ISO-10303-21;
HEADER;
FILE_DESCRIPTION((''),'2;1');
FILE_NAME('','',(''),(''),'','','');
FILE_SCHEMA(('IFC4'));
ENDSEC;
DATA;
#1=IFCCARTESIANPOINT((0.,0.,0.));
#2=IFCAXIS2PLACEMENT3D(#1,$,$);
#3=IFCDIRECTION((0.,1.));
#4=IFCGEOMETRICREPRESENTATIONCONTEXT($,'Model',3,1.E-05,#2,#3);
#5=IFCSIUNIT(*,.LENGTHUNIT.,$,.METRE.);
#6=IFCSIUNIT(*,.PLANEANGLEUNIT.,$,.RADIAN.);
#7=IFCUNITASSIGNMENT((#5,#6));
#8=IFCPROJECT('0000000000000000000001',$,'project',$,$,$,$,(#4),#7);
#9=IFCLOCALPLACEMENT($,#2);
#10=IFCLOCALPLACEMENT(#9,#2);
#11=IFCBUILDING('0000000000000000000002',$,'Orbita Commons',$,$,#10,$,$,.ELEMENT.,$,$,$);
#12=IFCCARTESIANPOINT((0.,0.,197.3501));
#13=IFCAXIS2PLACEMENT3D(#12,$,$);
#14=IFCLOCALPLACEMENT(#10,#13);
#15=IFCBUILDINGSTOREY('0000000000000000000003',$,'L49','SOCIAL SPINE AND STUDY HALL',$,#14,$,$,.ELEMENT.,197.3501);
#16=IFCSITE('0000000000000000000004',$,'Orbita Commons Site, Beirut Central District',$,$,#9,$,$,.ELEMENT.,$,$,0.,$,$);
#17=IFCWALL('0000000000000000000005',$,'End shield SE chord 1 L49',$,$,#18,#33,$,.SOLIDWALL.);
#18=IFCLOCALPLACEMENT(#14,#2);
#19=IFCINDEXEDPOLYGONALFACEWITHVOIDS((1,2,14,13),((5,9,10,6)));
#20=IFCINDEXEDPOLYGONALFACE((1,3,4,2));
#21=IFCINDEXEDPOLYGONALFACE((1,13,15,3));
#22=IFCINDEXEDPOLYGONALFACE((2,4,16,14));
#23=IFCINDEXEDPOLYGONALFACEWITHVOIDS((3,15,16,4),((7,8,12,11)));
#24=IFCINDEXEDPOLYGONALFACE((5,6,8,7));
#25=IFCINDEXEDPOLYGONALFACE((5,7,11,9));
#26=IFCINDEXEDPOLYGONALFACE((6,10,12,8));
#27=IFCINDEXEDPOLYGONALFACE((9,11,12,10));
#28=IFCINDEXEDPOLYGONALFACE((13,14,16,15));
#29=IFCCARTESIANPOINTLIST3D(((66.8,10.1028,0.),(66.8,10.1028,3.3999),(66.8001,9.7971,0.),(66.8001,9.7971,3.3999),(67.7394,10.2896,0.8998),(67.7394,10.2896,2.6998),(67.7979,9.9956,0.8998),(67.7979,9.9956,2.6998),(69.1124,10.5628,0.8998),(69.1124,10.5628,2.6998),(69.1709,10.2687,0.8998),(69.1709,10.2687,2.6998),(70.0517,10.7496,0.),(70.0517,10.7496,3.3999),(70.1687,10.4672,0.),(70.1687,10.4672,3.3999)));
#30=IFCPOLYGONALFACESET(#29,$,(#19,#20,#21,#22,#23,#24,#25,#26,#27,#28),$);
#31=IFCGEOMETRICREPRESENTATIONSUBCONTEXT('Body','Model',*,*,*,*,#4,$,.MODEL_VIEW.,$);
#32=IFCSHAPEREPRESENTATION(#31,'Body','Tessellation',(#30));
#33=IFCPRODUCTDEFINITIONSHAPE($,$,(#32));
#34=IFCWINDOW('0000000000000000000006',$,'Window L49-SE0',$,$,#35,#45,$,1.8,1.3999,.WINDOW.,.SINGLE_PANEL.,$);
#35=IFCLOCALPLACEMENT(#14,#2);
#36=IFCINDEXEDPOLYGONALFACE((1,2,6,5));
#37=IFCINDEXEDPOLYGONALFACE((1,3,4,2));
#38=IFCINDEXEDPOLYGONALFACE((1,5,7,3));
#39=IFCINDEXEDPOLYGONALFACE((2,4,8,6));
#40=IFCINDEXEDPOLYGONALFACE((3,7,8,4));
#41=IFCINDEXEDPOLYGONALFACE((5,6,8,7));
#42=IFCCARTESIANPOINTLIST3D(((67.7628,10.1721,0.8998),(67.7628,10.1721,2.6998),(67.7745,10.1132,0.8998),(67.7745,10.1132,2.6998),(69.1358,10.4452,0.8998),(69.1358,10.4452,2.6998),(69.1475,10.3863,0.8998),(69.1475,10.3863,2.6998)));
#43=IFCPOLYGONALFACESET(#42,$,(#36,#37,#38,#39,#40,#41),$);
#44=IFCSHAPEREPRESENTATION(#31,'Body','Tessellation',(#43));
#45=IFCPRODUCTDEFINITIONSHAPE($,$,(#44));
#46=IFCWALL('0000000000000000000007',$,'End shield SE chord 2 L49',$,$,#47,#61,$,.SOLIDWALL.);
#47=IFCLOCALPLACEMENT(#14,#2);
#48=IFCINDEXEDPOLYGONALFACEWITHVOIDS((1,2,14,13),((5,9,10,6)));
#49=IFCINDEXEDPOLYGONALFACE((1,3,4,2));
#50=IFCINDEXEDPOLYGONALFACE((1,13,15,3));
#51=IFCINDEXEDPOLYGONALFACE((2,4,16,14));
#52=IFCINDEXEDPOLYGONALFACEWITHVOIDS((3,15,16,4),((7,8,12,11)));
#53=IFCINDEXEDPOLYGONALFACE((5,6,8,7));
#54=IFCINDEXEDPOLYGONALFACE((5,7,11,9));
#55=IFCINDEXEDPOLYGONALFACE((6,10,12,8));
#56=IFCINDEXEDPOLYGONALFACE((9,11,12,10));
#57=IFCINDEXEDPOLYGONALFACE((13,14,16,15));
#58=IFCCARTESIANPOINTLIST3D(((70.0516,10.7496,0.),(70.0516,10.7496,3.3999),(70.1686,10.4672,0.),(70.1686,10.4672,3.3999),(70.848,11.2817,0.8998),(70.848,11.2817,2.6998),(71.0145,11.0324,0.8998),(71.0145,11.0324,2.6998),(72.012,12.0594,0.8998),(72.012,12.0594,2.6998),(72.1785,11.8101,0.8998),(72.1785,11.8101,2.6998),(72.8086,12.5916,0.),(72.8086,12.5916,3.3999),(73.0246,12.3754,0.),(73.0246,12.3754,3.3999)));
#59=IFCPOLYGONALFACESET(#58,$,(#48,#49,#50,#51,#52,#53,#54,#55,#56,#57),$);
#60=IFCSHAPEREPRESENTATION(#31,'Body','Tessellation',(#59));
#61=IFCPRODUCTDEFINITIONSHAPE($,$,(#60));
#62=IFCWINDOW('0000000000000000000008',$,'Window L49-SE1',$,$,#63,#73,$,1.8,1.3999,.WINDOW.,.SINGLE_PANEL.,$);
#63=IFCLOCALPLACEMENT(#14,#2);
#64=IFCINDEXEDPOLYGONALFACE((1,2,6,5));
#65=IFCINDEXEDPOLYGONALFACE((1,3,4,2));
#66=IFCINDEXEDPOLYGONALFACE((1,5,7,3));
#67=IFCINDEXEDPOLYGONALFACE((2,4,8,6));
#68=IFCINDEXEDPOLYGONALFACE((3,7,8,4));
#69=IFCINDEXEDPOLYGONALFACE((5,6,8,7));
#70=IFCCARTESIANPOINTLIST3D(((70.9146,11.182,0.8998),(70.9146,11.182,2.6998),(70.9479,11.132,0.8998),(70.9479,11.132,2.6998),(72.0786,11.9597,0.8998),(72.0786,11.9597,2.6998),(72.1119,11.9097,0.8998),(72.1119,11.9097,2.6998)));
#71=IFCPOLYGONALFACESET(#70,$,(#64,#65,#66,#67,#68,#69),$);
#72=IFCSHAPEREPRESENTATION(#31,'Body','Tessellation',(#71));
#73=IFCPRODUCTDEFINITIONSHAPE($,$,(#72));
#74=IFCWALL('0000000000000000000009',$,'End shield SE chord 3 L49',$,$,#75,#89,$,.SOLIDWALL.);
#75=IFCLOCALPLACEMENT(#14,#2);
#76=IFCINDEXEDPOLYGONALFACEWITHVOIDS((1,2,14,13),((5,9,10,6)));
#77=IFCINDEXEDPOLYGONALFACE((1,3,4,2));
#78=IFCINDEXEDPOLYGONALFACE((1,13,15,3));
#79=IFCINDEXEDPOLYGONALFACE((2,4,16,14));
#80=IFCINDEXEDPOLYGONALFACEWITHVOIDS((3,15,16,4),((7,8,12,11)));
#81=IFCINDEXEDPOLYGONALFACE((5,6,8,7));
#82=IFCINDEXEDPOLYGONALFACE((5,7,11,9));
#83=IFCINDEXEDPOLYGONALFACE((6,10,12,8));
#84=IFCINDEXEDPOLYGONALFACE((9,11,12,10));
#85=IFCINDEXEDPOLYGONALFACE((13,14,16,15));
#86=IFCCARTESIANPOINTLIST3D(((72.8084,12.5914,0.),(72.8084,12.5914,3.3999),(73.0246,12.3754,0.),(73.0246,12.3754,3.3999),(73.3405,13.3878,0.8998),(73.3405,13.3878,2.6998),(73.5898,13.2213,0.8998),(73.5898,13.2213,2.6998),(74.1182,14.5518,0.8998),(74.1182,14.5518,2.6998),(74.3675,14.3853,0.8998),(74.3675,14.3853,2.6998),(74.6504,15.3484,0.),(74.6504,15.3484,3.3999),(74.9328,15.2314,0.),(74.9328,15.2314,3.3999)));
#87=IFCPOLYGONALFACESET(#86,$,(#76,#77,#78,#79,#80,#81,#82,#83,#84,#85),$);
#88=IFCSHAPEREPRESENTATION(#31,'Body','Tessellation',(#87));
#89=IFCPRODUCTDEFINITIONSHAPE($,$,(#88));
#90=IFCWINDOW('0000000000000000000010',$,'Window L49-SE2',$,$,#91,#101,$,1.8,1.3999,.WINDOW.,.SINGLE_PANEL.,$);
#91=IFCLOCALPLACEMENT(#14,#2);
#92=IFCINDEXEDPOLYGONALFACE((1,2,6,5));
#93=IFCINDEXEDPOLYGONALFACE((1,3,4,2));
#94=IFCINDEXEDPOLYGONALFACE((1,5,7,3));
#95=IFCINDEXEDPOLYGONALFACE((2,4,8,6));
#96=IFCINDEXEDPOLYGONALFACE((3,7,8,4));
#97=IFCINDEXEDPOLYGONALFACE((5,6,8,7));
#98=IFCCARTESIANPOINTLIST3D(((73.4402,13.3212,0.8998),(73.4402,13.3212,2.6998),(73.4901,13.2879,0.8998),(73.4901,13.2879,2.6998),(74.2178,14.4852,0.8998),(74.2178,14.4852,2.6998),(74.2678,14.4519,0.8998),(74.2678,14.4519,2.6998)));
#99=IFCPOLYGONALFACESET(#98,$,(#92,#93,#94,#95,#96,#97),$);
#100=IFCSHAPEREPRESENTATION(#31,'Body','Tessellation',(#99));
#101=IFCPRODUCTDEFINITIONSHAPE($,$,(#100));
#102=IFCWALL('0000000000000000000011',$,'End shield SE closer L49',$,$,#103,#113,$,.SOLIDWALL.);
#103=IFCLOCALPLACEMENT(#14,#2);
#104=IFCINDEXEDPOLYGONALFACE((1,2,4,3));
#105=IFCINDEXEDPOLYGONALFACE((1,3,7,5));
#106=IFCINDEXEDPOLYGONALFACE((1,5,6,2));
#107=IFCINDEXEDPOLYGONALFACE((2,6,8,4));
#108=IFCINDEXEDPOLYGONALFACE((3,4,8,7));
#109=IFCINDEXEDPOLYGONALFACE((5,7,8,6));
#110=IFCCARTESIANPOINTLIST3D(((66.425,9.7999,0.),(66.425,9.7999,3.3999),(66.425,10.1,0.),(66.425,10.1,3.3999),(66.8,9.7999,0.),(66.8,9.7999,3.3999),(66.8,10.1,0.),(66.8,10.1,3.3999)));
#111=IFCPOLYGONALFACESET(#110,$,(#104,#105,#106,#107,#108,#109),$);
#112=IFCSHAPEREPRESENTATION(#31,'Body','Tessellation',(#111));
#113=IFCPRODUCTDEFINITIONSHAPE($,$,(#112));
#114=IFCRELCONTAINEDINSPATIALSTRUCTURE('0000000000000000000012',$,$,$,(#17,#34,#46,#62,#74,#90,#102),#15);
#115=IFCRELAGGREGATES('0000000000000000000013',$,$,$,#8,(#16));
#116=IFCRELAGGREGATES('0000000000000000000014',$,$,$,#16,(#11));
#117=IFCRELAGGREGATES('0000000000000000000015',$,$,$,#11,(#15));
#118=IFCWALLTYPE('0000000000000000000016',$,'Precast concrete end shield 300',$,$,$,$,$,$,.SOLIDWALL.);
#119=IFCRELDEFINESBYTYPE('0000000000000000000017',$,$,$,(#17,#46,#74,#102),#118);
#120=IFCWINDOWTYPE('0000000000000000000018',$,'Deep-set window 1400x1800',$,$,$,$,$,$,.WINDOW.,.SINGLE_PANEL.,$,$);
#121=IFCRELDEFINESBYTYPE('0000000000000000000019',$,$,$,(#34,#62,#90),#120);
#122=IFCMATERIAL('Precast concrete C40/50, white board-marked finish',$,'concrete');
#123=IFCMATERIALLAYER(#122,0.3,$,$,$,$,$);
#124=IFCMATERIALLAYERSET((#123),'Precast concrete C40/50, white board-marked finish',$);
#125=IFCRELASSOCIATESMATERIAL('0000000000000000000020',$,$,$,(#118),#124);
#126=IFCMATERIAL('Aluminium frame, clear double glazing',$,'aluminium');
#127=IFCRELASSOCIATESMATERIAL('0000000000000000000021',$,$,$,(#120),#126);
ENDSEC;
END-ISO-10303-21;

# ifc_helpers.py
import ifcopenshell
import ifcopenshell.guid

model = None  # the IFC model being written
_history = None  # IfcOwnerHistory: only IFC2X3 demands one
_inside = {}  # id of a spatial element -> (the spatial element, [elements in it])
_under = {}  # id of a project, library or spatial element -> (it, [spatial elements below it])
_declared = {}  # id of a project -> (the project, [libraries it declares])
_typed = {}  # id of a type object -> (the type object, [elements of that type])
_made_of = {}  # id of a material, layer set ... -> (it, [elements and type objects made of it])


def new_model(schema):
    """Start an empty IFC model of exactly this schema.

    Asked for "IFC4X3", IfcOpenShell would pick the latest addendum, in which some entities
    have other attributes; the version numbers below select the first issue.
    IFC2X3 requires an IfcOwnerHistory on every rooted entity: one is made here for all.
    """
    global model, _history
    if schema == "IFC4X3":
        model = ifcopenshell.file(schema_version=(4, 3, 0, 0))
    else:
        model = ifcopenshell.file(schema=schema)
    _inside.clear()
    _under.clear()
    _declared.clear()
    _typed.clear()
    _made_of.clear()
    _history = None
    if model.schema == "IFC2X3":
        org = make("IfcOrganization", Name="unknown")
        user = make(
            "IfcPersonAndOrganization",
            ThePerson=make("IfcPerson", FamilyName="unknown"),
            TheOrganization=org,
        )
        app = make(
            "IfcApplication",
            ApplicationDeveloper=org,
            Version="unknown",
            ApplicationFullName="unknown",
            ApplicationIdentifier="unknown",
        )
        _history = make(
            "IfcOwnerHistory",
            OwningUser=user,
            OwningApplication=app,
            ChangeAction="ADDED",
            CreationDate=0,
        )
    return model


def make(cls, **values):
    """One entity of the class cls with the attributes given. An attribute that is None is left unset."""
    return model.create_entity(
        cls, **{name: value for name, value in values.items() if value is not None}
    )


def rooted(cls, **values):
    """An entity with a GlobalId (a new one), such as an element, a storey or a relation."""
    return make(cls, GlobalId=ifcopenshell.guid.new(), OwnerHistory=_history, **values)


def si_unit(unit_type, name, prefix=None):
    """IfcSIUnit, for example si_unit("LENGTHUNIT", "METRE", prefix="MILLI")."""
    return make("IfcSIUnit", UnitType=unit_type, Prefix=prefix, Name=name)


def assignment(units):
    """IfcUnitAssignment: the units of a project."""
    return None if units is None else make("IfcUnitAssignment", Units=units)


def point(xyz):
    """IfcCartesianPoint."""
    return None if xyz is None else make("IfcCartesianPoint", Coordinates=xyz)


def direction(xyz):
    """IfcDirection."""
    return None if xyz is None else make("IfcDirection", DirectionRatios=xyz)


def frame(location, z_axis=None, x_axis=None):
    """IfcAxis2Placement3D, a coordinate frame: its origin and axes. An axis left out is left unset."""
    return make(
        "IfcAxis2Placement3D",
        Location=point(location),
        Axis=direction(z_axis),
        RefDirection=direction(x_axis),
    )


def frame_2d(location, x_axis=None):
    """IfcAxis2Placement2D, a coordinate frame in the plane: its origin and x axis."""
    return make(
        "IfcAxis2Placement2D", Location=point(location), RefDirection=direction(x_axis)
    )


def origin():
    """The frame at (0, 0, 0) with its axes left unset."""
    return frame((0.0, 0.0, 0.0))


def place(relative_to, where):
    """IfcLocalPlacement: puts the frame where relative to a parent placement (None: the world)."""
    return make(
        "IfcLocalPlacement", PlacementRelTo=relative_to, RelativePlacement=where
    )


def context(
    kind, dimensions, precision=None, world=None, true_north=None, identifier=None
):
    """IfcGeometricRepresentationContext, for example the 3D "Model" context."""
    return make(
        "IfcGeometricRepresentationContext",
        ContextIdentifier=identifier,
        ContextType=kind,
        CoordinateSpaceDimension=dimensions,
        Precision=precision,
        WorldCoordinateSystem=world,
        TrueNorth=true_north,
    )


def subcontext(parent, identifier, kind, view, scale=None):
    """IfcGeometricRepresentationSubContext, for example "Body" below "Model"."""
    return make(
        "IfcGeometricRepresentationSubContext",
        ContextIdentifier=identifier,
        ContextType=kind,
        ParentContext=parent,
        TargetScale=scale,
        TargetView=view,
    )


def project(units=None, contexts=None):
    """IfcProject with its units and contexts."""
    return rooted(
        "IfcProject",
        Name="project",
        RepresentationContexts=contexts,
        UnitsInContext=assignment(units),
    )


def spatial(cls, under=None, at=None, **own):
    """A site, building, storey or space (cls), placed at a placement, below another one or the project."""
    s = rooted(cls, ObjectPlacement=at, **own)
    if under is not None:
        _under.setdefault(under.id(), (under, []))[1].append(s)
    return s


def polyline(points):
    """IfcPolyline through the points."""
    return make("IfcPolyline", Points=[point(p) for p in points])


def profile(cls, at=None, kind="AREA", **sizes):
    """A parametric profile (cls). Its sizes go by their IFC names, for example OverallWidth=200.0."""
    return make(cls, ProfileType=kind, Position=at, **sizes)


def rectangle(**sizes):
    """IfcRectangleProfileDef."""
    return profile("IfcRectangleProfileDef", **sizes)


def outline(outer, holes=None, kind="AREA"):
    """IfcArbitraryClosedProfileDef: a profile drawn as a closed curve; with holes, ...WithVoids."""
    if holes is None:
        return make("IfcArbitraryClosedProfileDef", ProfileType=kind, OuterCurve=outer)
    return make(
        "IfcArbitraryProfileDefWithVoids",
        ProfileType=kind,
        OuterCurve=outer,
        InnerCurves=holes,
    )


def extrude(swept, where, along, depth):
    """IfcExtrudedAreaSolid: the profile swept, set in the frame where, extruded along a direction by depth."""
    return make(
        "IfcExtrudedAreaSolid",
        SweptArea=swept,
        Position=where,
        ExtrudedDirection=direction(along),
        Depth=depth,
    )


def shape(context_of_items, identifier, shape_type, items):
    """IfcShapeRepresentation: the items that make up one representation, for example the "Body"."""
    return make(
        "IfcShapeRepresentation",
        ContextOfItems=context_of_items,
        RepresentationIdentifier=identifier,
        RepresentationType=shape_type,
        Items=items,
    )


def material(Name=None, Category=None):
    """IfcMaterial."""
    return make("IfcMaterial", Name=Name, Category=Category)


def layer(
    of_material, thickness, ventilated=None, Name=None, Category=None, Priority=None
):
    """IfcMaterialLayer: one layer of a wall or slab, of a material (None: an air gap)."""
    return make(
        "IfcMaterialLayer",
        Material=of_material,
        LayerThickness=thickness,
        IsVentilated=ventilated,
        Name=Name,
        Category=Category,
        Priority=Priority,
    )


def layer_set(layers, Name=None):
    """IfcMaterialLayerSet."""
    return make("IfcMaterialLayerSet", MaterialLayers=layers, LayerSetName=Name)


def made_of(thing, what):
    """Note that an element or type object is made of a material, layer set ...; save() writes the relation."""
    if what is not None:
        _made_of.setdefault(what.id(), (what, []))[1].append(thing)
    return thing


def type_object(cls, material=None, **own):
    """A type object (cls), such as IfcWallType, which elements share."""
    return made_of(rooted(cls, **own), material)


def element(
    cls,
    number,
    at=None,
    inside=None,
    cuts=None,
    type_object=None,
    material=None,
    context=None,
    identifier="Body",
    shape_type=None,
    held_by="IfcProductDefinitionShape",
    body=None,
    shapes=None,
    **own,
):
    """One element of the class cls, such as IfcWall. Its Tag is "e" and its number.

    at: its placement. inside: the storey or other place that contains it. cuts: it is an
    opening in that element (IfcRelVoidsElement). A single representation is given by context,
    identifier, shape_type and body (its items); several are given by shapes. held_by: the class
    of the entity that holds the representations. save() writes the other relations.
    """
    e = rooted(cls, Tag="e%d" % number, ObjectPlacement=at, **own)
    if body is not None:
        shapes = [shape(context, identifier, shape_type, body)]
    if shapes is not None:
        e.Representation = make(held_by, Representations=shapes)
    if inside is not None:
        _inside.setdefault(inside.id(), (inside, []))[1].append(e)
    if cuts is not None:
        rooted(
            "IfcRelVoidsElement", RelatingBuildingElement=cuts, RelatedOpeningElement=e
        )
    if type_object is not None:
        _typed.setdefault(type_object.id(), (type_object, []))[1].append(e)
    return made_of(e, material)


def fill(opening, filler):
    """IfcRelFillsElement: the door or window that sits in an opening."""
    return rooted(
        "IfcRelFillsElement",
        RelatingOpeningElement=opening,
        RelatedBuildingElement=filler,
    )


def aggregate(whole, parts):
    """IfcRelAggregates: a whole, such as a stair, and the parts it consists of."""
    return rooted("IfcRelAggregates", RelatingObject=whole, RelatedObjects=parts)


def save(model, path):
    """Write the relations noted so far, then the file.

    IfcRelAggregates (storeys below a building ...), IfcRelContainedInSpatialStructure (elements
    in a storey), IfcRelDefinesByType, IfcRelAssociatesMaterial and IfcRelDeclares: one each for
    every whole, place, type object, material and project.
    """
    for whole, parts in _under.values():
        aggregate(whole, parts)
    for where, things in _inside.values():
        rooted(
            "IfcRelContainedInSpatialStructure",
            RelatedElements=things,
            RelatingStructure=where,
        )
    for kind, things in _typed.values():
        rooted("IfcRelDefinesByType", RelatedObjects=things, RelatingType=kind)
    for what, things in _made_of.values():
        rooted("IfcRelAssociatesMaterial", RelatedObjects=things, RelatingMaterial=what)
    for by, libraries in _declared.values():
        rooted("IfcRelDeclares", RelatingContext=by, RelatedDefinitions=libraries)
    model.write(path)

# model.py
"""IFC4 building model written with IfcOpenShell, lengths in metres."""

from ifc_helpers import new_model, si_unit, direction, frame, frame_2d, origin, place, context, subcontext, project, spatial, polyline, rectangle, outline, extrude, material, layer, layer_set, type_object, element, fill, save


model = new_model("IFC4")

# Units and contexts
model_context = context("Model", 3, precision=1e-05, world=origin(), true_north=direction((0.0, 1.0)))
body_context = subcontext(model_context, "Body", "Model", "MODEL_VIEW")
ifc_project = project(units=[si_unit("LENGTHUNIT", "METRE"), si_unit("PLANEANGLEUNIT", "RADIAN")], contexts=[model_context])

# Site, building, storey
site_placement = place(None, origin())
site = spatial("IfcSite", under=ifc_project, at=site_placement, Name="Orbita Commons Site, Beirut Central District", CompositionType="ELEMENT", RefElevation=0.0)
building_placement = place(site_placement, origin())
building = spatial("IfcBuilding", under=site, at=building_placement, Name="Orbita Commons", CompositionType="ELEMENT")
storey_placement = place(building_placement, frame((0.0, 0.0, 197.3501)))
storey = spatial("IfcBuildingStorey", under=building, at=storey_placement, Name="L49", Description="SOCIAL SPINE AND STUDY HALL", CompositionType="ELEMENT", Elevation=197.3501)

# Walls, openings, windows
ifc_material_1 = material(Name="Precast concrete C40/50, white board-marked finish", Category="concrete")
ifc_layer_1 = layer(ifc_material_1, 0.3)
ifc_layer_set_1 = layer_set([ifc_layer_1], Name="Precast concrete C40/50, white board-marked finish")
wall_type_1 = type_object("IfcWallType", Name="Precast concrete end shield 300", PredefinedType="SOLIDWALL", material=ifc_layer_set_1)
wall_1_placement = place(storey_placement, frame((66.8, 9.95, 0.0), z_axis=(0.0, 0.0, 1.0), x_axis=(0.980783, 0.1951, 0.0)))
wall_1 = element("IfcWall", 1, at=wall_1_placement, inside=storey, type_object=wall_type_1, Name="End shield SE chord 1 L49", PredefinedType="SOLIDWALL", context=body_context, shape_type="SweptSolid", body=[
    extrude(outline(polyline([(-0.0298, -0.1499), (3.4048, -0.1499), (3.3452, 0.1499), (0.0298, 0.1499), (-0.0298, -0.1499)])), origin(), (0.0, 0.0, 1.0), 3.3999),
])
opening_1_placement = place(wall_1_placement, frame((0.9875, 0.0, 0.8999)))
opening_1 = element("IfcOpeningElement", 2, at=opening_1_placement, cuts=wall_1, PredefinedType="OPENING", context=body_context, shape_type="SweptSolid", body=[
    extrude(rectangle(XDim=1.3999, YDim=1.8, at=frame_2d((0.7, 0.8999))), frame((0.0, 0.1599, 0.0), z_axis=(0.0, -1.0, 0.0), x_axis=(1.0, 0.0, 0.0)), (0.0, 0.0, 1.0), 0.3201),
])
ifc_material_2 = material(Name="Aluminium frame, clear double glazing", Category="aluminium")
window_type = type_object("IfcWindowType", Name="Deep-set window 1400x1800", PartitioningType="SINGLE_PANEL", PredefinedType="WINDOW", material=ifc_material_2)
window_1_placement = place(opening_1_placement, origin())
window_1 = element("IfcWindow", 3, at=window_1_placement, inside=storey, type_object=window_type, Name="Window L49-SE0", OverallHeight=1.8, OverallWidth=1.3999, PartitioningType="SINGLE_PANEL", PredefinedType="WINDOW", context=body_context, shape_type="SweptSolid", body=[
    extrude(rectangle(XDim=1.3999, YDim=1.8, at=frame_2d((0.7, 0.8999))), frame((0.0, 0.03, 0.0), z_axis=(0.0, -1.0, 0.0), x_axis=(1.0, 0.0, 0.0)), (0.0, 0.0, 1.0), 0.0601),
])
fill(opening_1, window_1)
wall_2_placement = place(storey_placement, frame((70.1101, 10.6084, 0.0), z_axis=(0.0, 0.0, 1.0), x_axis=(0.831493, 0.555535, 0.0)))
wall_2 = element("IfcWall", 4, at=wall_2_placement, inside=storey, type_object=wall_type_1, Name="End shield SE chord 2 L49", PredefinedType="SOLIDWALL", context=body_context, shape_type="SweptSolid", body=[
    extrude(outline(polyline([(-0.0298, -0.1499), (3.405, -0.1499), (3.3455, 0.1499), (0.0298, 0.1499), (-0.0298, -0.1499)])), origin(), (0.0, 0.0, 1.0), 3.3999),
])
opening_2_placement = place(wall_2_placement, frame((0.9875, 0.0, 0.8999)))
opening_2 = element("IfcOpeningElement", 5, at=opening_2_placement, cuts=wall_2, PredefinedType="OPENING", context=body_context, shape_type="SweptSolid", body=[
    extrude(rectangle(XDim=1.3999, YDim=1.8, at=frame_2d((0.7, 0.8999))), frame((0.0, 0.1599, 0.0), z_axis=(0.0, -1.0, 0.0), x_axis=(1.0, 0.0, 0.0)), (0.0, 0.0, 1.0), 0.3201),
])
window_2_placement = place(opening_2_placement, origin())
window_2 = element("IfcWindow", 6, at=window_2_placement, inside=storey, type_object=window_type, Name="Window L49-SE1", OverallHeight=1.8, OverallWidth=1.3999, PartitioningType="SINGLE_PANEL", PredefinedType="WINDOW", context=body_context, shape_type="SweptSolid", body=[
    extrude(rectangle(XDim=1.3999, YDim=1.8, at=frame_2d((0.7, 0.8999))), frame((0.0, 0.03, 0.0), z_axis=(0.0, -1.0, 0.0), x_axis=(1.0, 0.0, 0.0)), (0.0, 0.0, 1.0), 0.0601),
])
fill(opening_2, window_2)
wall_3_placement = place(storey_placement, frame((72.9165, 12.4834, 0.0), z_axis=(0.0, 0.0, 1.0), x_axis=(0.555535, 0.831493, 0.0)))
wall_3 = element("IfcWall", 7, at=wall_3_placement, inside=storey, type_object=wall_type_1, Name="End shield SE chord 3 L49", PredefinedType="SOLIDWALL", context=body_context, shape_type="SweptSolid", body=[
    extrude(outline(polyline([(-0.0298, -0.1499), (3.405, -0.1499), (3.3455, 0.1499), (0.0298, 0.1499), (-0.0298, -0.1499)])), origin(), (0.0, 0.0, 1.0), 3.3999),
])
opening_3_placement = place(wall_3_placement, frame((0.9875, 0.0, 0.8999)))
opening_3 = element("IfcOpeningElement", 8, at=opening_3_placement, cuts=wall_3, PredefinedType="OPENING", context=body_context, shape_type="SweptSolid", body=[
    extrude(rectangle(XDim=1.3999, YDim=1.8, at=frame_2d((0.7, 0.8999))), frame((0.0, 0.1599, 0.0), z_axis=(0.0, -1.0, 0.0), x_axis=(1.0, 0.0, 0.0)), (0.0, 0.0, 1.0), 0.3201),
])
window_3_placement = place(opening_3_placement, origin())
window_3 = element("IfcWindow", 9, at=window_3_placement, inside=storey, type_object=window_type, Name="Window L49-SE2", OverallHeight=1.8, OverallWidth=1.3999, PartitioningType="SINGLE_PANEL", PredefinedType="WINDOW", context=body_context, shape_type="SweptSolid", body=[
    extrude(rectangle(XDim=1.3999, YDim=1.8, at=frame_2d((0.7, 0.8999))), frame((0.0, 0.03, 0.0), z_axis=(0.0, -1.0, 0.0), x_axis=(1.0, 0.0, 0.0)), (0.0, 0.0, 1.0), 0.0601),
])
fill(opening_3, window_3)

# Wall
wall_4_placement = place(storey_placement, frame((66.8, 9.95, 0.0), z_axis=(0.0, 0.0, 1.0), x_axis=(-1.0, 0.0, 0.0)))
element("IfcWall", 10, at=wall_4_placement, inside=storey, type_object=wall_type_1, Name="End shield SE closer L49", PredefinedType="SOLIDWALL", context=body_context, shape_type="SweptSolid", body=[
    extrude(rectangle(XDim=0.375, YDim=0.3, at=frame_2d((0.1875, 0.0))), origin(), (0.0, 0.0, 1.0), 3.3999),
])

save(model, "model.ifc")
